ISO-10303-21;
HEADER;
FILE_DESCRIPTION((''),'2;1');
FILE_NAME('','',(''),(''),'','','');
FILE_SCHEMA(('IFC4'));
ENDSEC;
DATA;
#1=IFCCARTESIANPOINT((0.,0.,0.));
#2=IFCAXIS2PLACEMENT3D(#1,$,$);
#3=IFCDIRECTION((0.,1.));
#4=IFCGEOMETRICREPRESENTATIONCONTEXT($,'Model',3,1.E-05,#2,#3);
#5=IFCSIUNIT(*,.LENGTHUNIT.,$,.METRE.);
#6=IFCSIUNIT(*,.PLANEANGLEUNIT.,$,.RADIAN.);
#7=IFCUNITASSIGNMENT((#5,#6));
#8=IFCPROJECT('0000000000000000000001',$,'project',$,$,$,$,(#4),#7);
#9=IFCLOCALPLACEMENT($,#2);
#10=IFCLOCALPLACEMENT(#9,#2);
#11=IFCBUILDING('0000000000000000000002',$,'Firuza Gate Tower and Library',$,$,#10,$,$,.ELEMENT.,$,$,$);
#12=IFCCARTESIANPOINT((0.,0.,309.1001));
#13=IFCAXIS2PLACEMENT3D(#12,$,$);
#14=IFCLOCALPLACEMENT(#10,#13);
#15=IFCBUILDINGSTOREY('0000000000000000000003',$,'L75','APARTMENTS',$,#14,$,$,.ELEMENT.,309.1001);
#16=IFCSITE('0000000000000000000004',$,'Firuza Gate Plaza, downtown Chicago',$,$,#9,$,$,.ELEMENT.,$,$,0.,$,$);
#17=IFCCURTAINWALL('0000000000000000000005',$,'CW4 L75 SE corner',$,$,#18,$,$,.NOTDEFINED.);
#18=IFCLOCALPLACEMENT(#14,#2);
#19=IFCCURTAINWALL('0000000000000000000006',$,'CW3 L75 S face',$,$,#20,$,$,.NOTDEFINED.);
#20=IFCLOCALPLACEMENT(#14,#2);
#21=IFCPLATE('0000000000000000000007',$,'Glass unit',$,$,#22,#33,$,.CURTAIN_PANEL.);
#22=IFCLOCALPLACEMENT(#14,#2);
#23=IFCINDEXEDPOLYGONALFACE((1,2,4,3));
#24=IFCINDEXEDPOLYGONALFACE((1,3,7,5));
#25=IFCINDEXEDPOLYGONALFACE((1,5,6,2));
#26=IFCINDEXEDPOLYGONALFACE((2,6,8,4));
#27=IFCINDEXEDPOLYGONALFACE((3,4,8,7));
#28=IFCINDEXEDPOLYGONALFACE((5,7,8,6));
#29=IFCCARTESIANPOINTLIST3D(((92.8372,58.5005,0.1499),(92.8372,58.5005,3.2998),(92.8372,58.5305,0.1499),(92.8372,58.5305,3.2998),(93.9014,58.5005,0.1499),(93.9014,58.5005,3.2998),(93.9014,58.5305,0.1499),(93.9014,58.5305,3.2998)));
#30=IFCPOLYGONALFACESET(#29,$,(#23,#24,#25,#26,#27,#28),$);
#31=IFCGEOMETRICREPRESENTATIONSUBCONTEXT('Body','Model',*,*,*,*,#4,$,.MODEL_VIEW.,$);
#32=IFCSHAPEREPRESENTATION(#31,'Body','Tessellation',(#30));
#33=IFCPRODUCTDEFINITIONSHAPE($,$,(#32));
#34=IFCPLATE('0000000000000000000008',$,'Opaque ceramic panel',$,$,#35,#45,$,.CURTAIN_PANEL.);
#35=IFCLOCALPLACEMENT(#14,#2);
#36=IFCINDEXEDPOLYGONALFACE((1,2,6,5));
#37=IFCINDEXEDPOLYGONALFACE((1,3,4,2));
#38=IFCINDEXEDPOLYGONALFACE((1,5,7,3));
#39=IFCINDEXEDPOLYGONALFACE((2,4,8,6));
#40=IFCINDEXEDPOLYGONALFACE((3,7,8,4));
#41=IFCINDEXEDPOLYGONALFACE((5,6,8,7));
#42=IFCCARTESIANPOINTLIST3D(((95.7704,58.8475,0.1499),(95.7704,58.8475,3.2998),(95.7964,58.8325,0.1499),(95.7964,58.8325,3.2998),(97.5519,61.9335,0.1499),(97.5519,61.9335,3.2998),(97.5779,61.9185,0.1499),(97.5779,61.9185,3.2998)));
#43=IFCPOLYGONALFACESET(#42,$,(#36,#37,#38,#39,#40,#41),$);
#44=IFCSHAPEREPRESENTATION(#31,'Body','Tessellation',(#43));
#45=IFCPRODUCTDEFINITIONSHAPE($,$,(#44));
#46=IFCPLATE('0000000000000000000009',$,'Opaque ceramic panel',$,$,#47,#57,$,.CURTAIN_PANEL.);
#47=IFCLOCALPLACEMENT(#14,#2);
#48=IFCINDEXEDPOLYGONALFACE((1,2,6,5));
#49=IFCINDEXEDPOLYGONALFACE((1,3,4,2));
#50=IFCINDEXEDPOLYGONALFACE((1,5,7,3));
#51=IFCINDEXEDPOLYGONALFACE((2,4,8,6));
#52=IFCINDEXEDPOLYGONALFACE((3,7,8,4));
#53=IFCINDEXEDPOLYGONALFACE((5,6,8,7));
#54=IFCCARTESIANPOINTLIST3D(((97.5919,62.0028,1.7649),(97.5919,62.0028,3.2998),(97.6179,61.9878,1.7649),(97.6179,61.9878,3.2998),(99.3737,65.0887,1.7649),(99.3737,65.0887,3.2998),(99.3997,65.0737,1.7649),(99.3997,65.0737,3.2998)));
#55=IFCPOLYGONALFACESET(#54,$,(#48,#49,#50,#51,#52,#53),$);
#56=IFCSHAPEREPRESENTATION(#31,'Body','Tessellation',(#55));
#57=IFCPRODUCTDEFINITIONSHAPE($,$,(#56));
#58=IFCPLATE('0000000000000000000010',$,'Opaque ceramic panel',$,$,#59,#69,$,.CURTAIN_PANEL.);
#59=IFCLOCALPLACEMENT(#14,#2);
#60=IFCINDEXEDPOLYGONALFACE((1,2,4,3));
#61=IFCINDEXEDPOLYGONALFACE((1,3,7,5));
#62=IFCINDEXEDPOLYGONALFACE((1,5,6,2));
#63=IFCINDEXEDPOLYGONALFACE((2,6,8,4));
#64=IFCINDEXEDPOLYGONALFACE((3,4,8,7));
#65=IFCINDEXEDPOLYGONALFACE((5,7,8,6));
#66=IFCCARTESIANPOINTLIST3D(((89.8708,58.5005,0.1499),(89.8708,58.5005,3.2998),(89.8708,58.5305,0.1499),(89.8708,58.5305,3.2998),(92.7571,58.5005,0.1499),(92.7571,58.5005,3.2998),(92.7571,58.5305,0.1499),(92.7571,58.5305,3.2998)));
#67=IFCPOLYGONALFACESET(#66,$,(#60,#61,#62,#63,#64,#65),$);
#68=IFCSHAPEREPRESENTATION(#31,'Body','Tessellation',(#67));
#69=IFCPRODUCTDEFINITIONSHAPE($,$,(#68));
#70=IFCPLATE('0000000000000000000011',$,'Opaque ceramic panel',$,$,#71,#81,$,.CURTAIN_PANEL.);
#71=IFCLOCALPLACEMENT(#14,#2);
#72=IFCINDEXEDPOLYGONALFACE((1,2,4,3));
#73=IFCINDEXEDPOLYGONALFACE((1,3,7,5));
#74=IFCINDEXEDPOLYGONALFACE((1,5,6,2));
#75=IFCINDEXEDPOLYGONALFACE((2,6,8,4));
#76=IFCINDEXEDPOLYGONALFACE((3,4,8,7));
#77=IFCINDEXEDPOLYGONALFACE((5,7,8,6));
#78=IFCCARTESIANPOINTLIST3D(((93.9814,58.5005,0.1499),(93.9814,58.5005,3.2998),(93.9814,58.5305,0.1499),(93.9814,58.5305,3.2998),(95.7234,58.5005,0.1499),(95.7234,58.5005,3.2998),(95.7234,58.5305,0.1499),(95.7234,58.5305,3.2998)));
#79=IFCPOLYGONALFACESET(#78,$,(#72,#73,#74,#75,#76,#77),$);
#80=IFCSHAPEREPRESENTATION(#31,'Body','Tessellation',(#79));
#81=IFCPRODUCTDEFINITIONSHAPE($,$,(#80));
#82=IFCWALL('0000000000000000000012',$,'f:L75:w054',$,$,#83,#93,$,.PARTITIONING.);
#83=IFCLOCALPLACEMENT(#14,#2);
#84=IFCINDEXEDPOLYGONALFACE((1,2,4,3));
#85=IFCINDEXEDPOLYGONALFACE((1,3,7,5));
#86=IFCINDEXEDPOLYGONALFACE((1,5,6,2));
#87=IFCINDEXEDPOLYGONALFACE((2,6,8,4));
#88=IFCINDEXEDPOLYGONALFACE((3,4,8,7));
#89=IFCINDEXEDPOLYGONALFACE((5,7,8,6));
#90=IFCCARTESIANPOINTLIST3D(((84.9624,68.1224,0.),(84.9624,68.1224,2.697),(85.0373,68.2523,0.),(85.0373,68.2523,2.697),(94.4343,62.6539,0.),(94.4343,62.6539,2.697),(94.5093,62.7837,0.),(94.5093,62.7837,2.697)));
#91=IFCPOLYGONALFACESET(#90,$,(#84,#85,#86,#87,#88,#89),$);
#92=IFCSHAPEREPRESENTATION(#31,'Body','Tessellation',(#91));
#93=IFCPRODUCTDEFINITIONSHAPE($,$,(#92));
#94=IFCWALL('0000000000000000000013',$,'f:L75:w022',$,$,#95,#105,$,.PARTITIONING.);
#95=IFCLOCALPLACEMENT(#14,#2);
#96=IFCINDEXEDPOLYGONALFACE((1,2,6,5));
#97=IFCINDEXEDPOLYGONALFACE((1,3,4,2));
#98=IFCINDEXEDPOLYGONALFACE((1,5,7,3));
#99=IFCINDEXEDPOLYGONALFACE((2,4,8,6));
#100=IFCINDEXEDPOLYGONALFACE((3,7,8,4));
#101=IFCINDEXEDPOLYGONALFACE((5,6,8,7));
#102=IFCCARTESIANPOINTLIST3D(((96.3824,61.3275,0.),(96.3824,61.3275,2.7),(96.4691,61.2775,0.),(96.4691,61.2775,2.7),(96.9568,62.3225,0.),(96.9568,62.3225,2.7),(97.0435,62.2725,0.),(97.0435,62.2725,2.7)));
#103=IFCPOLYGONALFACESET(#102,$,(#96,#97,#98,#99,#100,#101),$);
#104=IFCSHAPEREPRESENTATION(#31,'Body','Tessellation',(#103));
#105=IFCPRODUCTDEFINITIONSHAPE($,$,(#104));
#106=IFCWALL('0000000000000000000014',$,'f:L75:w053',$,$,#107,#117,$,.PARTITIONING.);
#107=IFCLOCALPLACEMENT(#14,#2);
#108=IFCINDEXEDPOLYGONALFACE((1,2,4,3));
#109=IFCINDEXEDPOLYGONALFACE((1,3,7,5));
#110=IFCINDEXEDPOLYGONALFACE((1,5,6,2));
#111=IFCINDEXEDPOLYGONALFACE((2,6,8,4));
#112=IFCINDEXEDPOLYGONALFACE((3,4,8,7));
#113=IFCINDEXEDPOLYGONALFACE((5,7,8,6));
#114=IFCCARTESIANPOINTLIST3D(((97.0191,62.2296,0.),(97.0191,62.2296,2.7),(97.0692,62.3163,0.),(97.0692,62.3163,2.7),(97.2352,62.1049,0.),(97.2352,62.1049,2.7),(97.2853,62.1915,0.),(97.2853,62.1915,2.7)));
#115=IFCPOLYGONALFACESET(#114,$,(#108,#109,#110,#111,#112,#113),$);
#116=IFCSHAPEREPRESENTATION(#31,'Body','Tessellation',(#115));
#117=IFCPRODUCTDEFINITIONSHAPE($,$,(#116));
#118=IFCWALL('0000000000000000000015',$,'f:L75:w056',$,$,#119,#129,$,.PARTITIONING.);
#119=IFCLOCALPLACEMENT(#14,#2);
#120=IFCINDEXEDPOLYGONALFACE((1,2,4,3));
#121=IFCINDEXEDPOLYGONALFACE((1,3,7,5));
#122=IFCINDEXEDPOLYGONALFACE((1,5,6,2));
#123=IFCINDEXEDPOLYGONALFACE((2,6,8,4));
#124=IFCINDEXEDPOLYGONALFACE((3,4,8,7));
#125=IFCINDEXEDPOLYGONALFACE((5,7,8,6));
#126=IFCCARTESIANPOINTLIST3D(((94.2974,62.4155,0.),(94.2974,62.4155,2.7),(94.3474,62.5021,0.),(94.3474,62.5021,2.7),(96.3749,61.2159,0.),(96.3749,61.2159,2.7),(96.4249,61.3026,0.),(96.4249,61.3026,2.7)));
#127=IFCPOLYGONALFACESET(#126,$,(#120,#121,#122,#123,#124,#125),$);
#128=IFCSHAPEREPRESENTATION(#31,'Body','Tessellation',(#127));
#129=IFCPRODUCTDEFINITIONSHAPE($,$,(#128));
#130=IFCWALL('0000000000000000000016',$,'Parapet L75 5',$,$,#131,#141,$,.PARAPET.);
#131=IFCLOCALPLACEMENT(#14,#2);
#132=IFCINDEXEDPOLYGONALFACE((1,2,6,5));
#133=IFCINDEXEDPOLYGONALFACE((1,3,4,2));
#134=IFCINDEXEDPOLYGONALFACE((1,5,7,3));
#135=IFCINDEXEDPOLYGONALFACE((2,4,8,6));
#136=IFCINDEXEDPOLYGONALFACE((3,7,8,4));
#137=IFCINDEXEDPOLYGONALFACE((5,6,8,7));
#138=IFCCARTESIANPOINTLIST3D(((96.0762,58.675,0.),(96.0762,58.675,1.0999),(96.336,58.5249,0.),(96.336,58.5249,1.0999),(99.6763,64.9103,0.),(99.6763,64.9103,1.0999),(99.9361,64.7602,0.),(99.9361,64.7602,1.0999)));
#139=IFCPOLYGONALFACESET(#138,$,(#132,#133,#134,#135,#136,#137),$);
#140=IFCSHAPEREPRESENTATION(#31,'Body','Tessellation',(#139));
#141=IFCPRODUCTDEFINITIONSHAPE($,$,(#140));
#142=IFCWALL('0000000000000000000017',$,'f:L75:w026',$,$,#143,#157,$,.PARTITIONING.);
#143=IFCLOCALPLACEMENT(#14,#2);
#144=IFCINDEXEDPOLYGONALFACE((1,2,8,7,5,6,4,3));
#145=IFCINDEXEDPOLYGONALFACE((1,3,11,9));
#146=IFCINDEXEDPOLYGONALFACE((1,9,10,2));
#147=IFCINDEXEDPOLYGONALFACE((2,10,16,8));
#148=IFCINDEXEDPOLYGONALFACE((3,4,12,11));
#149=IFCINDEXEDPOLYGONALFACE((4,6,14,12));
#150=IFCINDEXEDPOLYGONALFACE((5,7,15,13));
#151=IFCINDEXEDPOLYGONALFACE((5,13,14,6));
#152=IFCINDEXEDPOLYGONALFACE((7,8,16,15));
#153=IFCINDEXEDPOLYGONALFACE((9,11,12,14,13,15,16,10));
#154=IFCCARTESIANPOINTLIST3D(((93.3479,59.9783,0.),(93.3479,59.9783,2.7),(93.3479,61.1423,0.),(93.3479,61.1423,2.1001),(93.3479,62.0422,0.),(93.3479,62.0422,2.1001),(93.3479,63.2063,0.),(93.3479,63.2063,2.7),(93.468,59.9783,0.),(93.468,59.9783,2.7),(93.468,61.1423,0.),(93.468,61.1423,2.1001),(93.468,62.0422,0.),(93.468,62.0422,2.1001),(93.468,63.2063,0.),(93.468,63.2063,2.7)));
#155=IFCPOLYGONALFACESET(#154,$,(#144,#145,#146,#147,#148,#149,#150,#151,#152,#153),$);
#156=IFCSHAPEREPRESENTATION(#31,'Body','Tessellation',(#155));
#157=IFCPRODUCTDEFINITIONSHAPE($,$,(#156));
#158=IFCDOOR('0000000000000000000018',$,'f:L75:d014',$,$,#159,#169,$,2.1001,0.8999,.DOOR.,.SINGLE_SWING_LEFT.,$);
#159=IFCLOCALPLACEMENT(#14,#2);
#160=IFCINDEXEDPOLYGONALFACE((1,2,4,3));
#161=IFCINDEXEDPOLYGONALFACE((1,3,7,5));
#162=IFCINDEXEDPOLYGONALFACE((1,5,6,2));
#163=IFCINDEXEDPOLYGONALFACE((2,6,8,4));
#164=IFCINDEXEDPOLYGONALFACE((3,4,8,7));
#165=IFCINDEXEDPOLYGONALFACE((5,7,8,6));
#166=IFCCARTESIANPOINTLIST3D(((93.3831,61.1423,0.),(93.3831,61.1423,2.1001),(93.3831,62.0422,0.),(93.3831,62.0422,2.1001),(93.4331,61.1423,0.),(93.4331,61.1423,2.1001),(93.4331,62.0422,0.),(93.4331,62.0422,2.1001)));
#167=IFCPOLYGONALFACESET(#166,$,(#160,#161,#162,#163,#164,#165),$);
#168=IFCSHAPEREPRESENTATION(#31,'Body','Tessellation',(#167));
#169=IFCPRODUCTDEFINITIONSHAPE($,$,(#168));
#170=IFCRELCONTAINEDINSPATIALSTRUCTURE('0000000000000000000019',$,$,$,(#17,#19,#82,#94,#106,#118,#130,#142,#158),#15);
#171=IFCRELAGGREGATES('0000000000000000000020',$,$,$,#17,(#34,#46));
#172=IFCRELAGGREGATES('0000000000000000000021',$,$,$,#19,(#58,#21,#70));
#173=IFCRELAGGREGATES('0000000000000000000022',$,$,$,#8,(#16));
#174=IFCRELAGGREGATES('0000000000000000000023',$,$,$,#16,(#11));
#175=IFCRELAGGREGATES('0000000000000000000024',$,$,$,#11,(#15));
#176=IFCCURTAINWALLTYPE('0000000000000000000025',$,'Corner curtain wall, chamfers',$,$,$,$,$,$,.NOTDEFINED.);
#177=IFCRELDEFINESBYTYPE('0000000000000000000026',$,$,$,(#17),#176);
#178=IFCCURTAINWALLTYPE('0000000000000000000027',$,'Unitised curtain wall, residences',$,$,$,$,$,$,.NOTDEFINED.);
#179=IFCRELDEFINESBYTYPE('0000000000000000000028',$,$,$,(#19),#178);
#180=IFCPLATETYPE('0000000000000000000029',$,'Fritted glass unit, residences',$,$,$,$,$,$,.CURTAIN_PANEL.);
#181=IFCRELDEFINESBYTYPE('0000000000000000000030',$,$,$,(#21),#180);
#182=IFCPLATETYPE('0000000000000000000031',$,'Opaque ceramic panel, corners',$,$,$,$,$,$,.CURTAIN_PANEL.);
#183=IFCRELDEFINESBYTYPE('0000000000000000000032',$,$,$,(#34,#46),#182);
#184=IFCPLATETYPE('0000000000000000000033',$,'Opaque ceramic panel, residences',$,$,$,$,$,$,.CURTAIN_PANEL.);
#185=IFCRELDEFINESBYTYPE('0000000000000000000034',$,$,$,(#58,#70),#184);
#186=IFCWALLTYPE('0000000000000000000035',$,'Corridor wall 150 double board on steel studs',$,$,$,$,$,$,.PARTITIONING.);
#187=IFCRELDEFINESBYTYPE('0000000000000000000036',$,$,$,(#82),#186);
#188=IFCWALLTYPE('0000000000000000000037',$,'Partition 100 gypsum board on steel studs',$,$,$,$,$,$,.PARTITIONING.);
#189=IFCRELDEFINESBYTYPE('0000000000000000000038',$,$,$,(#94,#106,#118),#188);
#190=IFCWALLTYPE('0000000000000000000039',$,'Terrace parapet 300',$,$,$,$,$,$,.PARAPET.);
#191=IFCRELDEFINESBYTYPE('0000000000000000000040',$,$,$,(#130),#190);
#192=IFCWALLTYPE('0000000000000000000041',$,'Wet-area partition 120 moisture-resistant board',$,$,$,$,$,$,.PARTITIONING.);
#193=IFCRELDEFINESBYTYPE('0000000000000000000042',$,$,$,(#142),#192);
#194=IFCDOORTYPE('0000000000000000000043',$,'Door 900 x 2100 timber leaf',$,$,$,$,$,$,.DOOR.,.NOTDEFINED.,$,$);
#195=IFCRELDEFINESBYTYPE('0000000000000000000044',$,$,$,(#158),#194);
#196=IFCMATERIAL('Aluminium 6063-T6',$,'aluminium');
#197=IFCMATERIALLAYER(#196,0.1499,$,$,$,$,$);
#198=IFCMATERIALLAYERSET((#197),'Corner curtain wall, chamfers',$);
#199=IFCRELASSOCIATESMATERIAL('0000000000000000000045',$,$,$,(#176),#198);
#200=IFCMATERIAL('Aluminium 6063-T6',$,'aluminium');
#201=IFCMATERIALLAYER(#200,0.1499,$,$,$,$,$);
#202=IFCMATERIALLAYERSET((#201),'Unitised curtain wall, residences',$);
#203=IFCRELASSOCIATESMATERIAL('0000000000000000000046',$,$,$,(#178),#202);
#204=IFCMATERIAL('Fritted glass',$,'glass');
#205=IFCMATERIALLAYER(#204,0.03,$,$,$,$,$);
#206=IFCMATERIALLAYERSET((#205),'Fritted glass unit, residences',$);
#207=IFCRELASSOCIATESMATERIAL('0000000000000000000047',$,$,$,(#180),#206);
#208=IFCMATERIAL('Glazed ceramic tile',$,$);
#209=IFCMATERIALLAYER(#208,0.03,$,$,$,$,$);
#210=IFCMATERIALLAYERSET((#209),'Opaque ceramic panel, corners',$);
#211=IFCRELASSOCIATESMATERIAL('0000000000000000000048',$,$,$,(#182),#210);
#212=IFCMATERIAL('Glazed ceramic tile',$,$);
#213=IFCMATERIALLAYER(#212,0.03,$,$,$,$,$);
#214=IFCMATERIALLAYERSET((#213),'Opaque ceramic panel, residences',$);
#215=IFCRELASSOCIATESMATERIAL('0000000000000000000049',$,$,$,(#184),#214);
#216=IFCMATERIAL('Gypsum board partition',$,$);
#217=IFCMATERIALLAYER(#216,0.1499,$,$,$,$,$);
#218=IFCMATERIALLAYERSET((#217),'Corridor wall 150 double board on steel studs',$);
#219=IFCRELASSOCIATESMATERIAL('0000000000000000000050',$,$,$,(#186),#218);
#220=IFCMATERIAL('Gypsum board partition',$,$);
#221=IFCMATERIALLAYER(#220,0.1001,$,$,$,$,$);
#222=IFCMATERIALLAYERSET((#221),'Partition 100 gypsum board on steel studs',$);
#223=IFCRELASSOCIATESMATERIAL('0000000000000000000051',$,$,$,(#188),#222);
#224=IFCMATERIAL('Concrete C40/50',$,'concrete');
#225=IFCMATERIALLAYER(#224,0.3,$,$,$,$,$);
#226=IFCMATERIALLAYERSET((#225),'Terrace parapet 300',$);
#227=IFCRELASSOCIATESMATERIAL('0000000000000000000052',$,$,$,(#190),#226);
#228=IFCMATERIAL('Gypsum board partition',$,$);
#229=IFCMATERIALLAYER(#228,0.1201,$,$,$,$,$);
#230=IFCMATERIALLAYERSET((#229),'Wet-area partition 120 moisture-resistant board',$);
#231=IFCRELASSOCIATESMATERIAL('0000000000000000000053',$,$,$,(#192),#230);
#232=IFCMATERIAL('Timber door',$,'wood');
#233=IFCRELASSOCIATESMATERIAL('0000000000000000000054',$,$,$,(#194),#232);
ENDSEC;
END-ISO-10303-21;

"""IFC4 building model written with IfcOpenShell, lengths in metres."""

from ifc_helpers import new_model, si_unit, direction, frame, frame_2d, origin, place, context, subcontext, project, spatial, polyline, rectangle, outline, extrude, material, layer, layer_set, type_object, element, fill, aggregate, save


model = new_model("IFC4")

# Units and contexts
model_context = context("Model", 3, precision=1e-05, world=origin(), true_north=direction((0.0, 1.0)))
body_context = subcontext(model_context, "Body", "Model", "MODEL_VIEW")
ifc_project = project(units=[si_unit("LENGTHUNIT", "METRE"), si_unit("PLANEANGLEUNIT", "RADIAN")], contexts=[model_context])

# Site, building, storey
site_placement = place(None, origin())
site = spatial("IfcSite", under=ifc_project, at=site_placement, Name="Firuza Gate Plaza, downtown Chicago", CompositionType="ELEMENT", RefElevation=0.0)
building_placement = place(site_placement, origin())
building = spatial("IfcBuilding", under=site, at=building_placement, Name="Firuza Gate Tower and Library", CompositionType="ELEMENT")
storey_placement = place(building_placement, frame((0.0, 0.0, 309.1001)))
storey = spatial("IfcBuildingStorey", under=building, at=storey_placement, Name="L75", Description="APARTMENTS", CompositionType="ELEMENT", Elevation=309.1001)

# Curtain walls
ifc_material_1 = material(Name="Aluminium 6063-T6", Category="aluminium")
ifc_layer_1 = layer(ifc_material_1, 0.1499)
ifc_layer_set_1 = layer_set([ifc_layer_1], Name="Corner curtain wall, chamfers")
curtain_wall_type_1 = type_object("IfcCurtainWallType", Name="Corner curtain wall, chamfers", PredefinedType="NOTDEFINED", material=ifc_layer_set_1)
placement = place(storey_placement, origin())
curtain_wall_1 = element("IfcCurtainWall", 1, at=placement, inside=storey, type_object=curtain_wall_type_1, Name="CW4 L75 SE corner", PredefinedType="NOTDEFINED")
ifc_material_2 = material(Name="Aluminium 6063-T6", Category="aluminium")
ifc_layer_2 = layer(ifc_material_2, 0.1499)
ifc_layer_set_2 = layer_set([ifc_layer_2], Name="Unitised curtain wall, residences")
curtain_wall_type_2 = type_object("IfcCurtainWallType", Name="Unitised curtain wall, residences", PredefinedType="NOTDEFINED", material=ifc_layer_set_2)
curtain_wall_2 = element("IfcCurtainWall", 2, at=placement, inside=storey, type_object=curtain_wall_type_2, Name="CW3 L75 S face", PredefinedType="NOTDEFINED")

# Plates
ifc_material_3 = material(Name="Fritted glass", Category="glass")
ifc_layer_3 = layer(ifc_material_3, 0.03)
ifc_layer_set_3 = layer_set([ifc_layer_3], Name="Fritted glass unit, residences")
plate_type_1 = type_object("IfcPlateType", Name="Fritted glass unit, residences", PredefinedType="CURTAIN_PANEL", material=ifc_layer_set_3)
plate_1_placement = place(storey_placement, frame((92.8372, 58.5005, 0.1499), z_axis=(0.0, -1.0, 0.0), x_axis=(1.0, 0.0, 0.0)))
plate_1 = element("IfcPlate", 3, at=plate_1_placement, type_object=plate_type_1, Name="Glass unit", PredefinedType="CURTAIN_PANEL", context=body_context, shape_type="SweptSolid", body=[
    extrude(outline(polyline([(0.0, 0.0), (1.0642, 0.0), (1.0642, 3.1499), (0.0, 3.1499), (0.0, 0.0)])), origin(), (0.0, 0.0, -1.0), 0.03),
])
ifc_material_4 = material(Name="Glazed ceramic tile")
ifc_layer_4 = layer(ifc_material_4, 0.03)
ifc_layer_set_4 = layer_set([ifc_layer_4], Name="Opaque ceramic panel, corners")
plate_type_2 = type_object("IfcPlateType", Name="Opaque ceramic panel, corners", PredefinedType="CURTAIN_PANEL", material=ifc_layer_set_4)
plate_2_placement = place(storey_placement, frame((95.7964, 58.8325, 0.1499), z_axis=(0.866046, -0.499964, 0.0), x_axis=(0.499964, 0.866046, 0.0)))
plate_2 = element("IfcPlate", 4, at=plate_2_placement, type_object=plate_type_2, Name="Opaque ceramic panel", PredefinedType="CURTAIN_PANEL", context=body_context, shape_type="SweptSolid", body=[
    extrude(outline(polyline([(0.0, 0.0), (3.5632, 0.0), (3.5632, 3.1499), (0.0, 3.1499), (0.0, 0.0)])), origin(), (0.0, 0.0, -1.0), 0.03),
])
plate_3_placement = place(storey_placement, frame((97.6179, 61.9878, 1.7649), z_axis=(0.866017, -0.500015, 0.0), x_axis=(0.500015, 0.866017, 0.0)))
plate_3 = element("IfcPlate", 5, at=plate_3_placement, type_object=plate_type_2, Name="Opaque ceramic panel", PredefinedType="CURTAIN_PANEL", context=body_context, shape_type="SweptSolid", body=[
    extrude(outline(polyline([(0.0, 0.0), (3.5634, 0.0), (3.5634, 1.5349), (0.0, 1.5349), (0.0, 0.0)])), origin(), (0.0, 0.0, -1.0), 0.03),
])
aggregate(curtain_wall_1, [plate_2, plate_3])
ifc_material_5 = material(Name="Glazed ceramic tile")
ifc_layer_5 = layer(ifc_material_5, 0.03)
ifc_layer_set_5 = layer_set([ifc_layer_5], Name="Opaque ceramic panel, residences")
plate_type_3 = type_object("IfcPlateType", Name="Opaque ceramic panel, residences", PredefinedType="CURTAIN_PANEL", material=ifc_layer_set_5)
plate_4_placement = place(storey_placement, frame((89.8708, 58.5005, 0.1499), z_axis=(0.0, -1.0, 0.0), x_axis=(1.0, 0.0, 0.0)))
plate_4 = element("IfcPlate", 6, at=plate_4_placement, type_object=plate_type_3, Name="Opaque ceramic panel", PredefinedType="CURTAIN_PANEL", context=body_context, shape_type="SweptSolid", body=[
    extrude(outline(polyline([(0.0, 0.0), (2.8862, 0.0), (2.8862, 3.1499), (0.0, 3.1499), (0.0, 0.0)])), origin(), (0.0, 0.0, -1.0), 0.03),
])
plate_5_placement = place(storey_placement, frame((93.9814, 58.5005, 0.1499), z_axis=(0.0, -1.0, 0.0), x_axis=(1.0, 0.0, 0.0)))
plate_5 = element("IfcPlate", 7, at=plate_5_placement, type_object=plate_type_3, Name="Opaque ceramic panel", PredefinedType="CURTAIN_PANEL", context=body_context, shape_type="SweptSolid", body=[
    extrude(outline(polyline([(0.0, 0.0), (1.7419, 0.0), (1.7419, 3.1499), (0.0, 3.1499), (0.0, 0.0)])), origin(), (0.0, 0.0, -1.0), 0.03),
])
aggregate(curtain_wall_2, [plate_4, plate_1, plate_5])

# Walls
ifc_material_6 = material(Name="Gypsum board partition")
ifc_layer_6 = layer(ifc_material_6, 0.1499)
ifc_layer_set_6 = layer_set([ifc_layer_6], Name="Corridor wall 150 double board on steel studs")
wall_type_1 = type_object("IfcWallType", Name="Corridor wall 150 double board on steel studs", PredefinedType="PARTITIONING", material=ifc_layer_set_6)
wall_1_placement = place(storey_placement, frame((94.4719, 62.7188, 0.0), z_axis=(0.0, 0.0, 1.0), x_axis=(-0.86603, 0.499992, 0.0)))
element("IfcWall", 8, at=wall_1_placement, inside=storey, type_object=wall_type_1, Name="f:L75:w054", PredefinedType="PARTITIONING", context=body_context, shape_type="SweptSolid", body=[
    extrude(rectangle(XDim=10.9373, YDim=0.1499, at=frame_2d((5.4688, 0.0))), origin(), (0.0, 0.0, 1.0), 2.697),
])
ifc_material_7 = material(Name="Gypsum board partition")
ifc_layer_7 = layer(ifc_material_7, 0.1001)
ifc_layer_set_7 = layer_set([ifc_layer_7], Name="Partition 100 gypsum board on steel studs")
wall_type_2 = type_object("IfcWallType", Name="Partition 100 gypsum board on steel studs", PredefinedType="PARTITIONING", material=ifc_layer_set_7)
wall_2_placement = place(storey_placement, frame((96.4258, 61.3025, 0.0), z_axis=(0.0, 0.0, 1.0), x_axis=(0.499955, 0.866051, 0.0)))
element("IfcWall", 9, at=wall_2_placement, inside=storey, type_object=wall_type_2, Name="f:L75:w022", PredefinedType="PARTITIONING", context=body_context, shape_type="SweptSolid", body=[
    extrude(rectangle(XDim=1.1489, YDim=0.1001, at=frame_2d((0.5745, 0.0))), origin(), (0.0, 0.0, 1.0), 2.7),
])
wall_3_placement = place(storey_placement, frame((97.2603, 62.1482, 0.0), z_axis=(0.0, 0.0, 1.0), x_axis=(-0.866006, 0.500033, 0.0)))
element("IfcWall", 10, at=wall_3_placement, inside=storey, type_object=wall_type_2, Name="f:L75:w053", PredefinedType="PARTITIONING", context=body_context, shape_type="SweptSolid", body=[
    extrude(rectangle(XDim=0.2495, YDim=0.1001, at=frame_2d((0.1248, 0.0))), origin(), (0.0, 0.0, 1.0), 2.7),
])
wall_4_placement = place(storey_placement, frame((96.3999, 61.2593, 0.0), z_axis=(0.0, 0.0, 1.0), x_axis=(-0.866011, 0.500025, 0.0)))
element("IfcWall", 11, at=wall_4_placement, inside=storey, type_object=wall_type_2, Name="f:L75:w056", PredefinedType="PARTITIONING", context=body_context, shape_type="SweptSolid", body=[
    extrude(rectangle(XDim=2.3989, YDim=0.1001, at=frame_2d((1.1995, 0.0))), origin(), (0.0, 0.0, 1.0), 2.7),
])
ifc_material_8 = material(Name="Concrete C40/50", Category="concrete")
ifc_layer_8 = layer(ifc_material_8, 0.3)
ifc_layer_set_8 = layer_set([ifc_layer_8], Name="Terrace parapet 300")
wall_type_3 = type_object("IfcWallType", Name="Terrace parapet 300", PredefinedType="PARAPET", material=ifc_layer_set_8)
wall_5_placement = place(storey_placement, frame((96.2061, 58.5999, 0.0), z_axis=(0.0, 0.0, 1.0), x_axis=(0.500012, 0.866018, 0.0)))
element("IfcWall", 12, at=wall_5_placement, inside=storey, type_object=wall_type_3, Name="Parapet L75 5", PredefinedType="PARAPET", context=body_context, shape_type="SweptSolid", body=[
    extrude(rectangle(XDim=7.2, YDim=0.3, at=frame_2d((3.6001, 0.0))), origin(), (0.0, 0.0, 1.0), 1.0999),
])

# Wall, opening, door
ifc_material_9 = material(Name="Gypsum board partition")
ifc_layer_9 = layer(ifc_material_9, 0.1201)
ifc_layer_set_9 = layer_set([ifc_layer_9], Name="Wet-area partition 120 moisture-resistant board")
wall_type_4 = type_object("IfcWallType", Name="Wet-area partition 120 moisture-resistant board", PredefinedType="PARTITIONING", material=ifc_layer_set_9)
wall_6_placement = place(storey_placement, frame((93.408, 59.9783, 0.0), z_axis=(0.0, 0.0, 1.0), x_axis=(0.0, 1.0, 0.0)))
wall_6 = element("IfcWall", 13, at=wall_6_placement, inside=storey, type_object=wall_type_4, Name="f:L75:w026", PredefinedType="PARTITIONING", context=body_context, shape_type="SweptSolid", body=[
    extrude(rectangle(XDim=3.228, YDim=0.1201, at=frame_2d((1.614, 0.0))), origin(), (0.0, 0.0, 1.0), 2.7),
])
opening_placement = place(wall_6_placement, frame((1.1641, 0.0, 0.0)))
opening = element("IfcOpeningElement", 14, at=opening_placement, cuts=wall_6, PredefinedType="OPENING", context=body_context, shape_type="SweptSolid", body=[
    extrude(rectangle(XDim=0.8999, YDim=2.1001, at=frame_2d((0.45, 1.05))), frame((0.0, 0.0701, 0.0), z_axis=(0.0, -1.0, 0.0), x_axis=(1.0, 0.0, 0.0)), (0.0, 0.0, 1.0), 0.1401),
])
ifc_material_10 = material(Name="Timber door", Category="wood")
door_type = type_object("IfcDoorType", Name="Door 900 x 2100 timber leaf", OperationType="NOTDEFINED", PredefinedType="DOOR", material=ifc_material_10)
door_placement = place(opening_placement, origin())
door = element("IfcDoor", 15, at=door_placement, inside=storey, type_object=door_type, Name="f:L75:d014", OperationType="SINGLE_SWING_LEFT", OverallHeight=2.1001, OverallWidth=0.8999, PredefinedType="DOOR", context=body_context, shape_type="SweptSolid", body=[
    extrude(rectangle(XDim=0.8999, YDim=2.1001, at=frame_2d((0.45, 1.05))), frame((0.0, 0.0249, 0.0), z_axis=(0.0, -1.0, 0.0), x_axis=(1.0, 0.0, 0.0)), (0.0, 0.0, 1.0), 0.05),
])
fill(opening, door)

save(model, "model.ifc")
